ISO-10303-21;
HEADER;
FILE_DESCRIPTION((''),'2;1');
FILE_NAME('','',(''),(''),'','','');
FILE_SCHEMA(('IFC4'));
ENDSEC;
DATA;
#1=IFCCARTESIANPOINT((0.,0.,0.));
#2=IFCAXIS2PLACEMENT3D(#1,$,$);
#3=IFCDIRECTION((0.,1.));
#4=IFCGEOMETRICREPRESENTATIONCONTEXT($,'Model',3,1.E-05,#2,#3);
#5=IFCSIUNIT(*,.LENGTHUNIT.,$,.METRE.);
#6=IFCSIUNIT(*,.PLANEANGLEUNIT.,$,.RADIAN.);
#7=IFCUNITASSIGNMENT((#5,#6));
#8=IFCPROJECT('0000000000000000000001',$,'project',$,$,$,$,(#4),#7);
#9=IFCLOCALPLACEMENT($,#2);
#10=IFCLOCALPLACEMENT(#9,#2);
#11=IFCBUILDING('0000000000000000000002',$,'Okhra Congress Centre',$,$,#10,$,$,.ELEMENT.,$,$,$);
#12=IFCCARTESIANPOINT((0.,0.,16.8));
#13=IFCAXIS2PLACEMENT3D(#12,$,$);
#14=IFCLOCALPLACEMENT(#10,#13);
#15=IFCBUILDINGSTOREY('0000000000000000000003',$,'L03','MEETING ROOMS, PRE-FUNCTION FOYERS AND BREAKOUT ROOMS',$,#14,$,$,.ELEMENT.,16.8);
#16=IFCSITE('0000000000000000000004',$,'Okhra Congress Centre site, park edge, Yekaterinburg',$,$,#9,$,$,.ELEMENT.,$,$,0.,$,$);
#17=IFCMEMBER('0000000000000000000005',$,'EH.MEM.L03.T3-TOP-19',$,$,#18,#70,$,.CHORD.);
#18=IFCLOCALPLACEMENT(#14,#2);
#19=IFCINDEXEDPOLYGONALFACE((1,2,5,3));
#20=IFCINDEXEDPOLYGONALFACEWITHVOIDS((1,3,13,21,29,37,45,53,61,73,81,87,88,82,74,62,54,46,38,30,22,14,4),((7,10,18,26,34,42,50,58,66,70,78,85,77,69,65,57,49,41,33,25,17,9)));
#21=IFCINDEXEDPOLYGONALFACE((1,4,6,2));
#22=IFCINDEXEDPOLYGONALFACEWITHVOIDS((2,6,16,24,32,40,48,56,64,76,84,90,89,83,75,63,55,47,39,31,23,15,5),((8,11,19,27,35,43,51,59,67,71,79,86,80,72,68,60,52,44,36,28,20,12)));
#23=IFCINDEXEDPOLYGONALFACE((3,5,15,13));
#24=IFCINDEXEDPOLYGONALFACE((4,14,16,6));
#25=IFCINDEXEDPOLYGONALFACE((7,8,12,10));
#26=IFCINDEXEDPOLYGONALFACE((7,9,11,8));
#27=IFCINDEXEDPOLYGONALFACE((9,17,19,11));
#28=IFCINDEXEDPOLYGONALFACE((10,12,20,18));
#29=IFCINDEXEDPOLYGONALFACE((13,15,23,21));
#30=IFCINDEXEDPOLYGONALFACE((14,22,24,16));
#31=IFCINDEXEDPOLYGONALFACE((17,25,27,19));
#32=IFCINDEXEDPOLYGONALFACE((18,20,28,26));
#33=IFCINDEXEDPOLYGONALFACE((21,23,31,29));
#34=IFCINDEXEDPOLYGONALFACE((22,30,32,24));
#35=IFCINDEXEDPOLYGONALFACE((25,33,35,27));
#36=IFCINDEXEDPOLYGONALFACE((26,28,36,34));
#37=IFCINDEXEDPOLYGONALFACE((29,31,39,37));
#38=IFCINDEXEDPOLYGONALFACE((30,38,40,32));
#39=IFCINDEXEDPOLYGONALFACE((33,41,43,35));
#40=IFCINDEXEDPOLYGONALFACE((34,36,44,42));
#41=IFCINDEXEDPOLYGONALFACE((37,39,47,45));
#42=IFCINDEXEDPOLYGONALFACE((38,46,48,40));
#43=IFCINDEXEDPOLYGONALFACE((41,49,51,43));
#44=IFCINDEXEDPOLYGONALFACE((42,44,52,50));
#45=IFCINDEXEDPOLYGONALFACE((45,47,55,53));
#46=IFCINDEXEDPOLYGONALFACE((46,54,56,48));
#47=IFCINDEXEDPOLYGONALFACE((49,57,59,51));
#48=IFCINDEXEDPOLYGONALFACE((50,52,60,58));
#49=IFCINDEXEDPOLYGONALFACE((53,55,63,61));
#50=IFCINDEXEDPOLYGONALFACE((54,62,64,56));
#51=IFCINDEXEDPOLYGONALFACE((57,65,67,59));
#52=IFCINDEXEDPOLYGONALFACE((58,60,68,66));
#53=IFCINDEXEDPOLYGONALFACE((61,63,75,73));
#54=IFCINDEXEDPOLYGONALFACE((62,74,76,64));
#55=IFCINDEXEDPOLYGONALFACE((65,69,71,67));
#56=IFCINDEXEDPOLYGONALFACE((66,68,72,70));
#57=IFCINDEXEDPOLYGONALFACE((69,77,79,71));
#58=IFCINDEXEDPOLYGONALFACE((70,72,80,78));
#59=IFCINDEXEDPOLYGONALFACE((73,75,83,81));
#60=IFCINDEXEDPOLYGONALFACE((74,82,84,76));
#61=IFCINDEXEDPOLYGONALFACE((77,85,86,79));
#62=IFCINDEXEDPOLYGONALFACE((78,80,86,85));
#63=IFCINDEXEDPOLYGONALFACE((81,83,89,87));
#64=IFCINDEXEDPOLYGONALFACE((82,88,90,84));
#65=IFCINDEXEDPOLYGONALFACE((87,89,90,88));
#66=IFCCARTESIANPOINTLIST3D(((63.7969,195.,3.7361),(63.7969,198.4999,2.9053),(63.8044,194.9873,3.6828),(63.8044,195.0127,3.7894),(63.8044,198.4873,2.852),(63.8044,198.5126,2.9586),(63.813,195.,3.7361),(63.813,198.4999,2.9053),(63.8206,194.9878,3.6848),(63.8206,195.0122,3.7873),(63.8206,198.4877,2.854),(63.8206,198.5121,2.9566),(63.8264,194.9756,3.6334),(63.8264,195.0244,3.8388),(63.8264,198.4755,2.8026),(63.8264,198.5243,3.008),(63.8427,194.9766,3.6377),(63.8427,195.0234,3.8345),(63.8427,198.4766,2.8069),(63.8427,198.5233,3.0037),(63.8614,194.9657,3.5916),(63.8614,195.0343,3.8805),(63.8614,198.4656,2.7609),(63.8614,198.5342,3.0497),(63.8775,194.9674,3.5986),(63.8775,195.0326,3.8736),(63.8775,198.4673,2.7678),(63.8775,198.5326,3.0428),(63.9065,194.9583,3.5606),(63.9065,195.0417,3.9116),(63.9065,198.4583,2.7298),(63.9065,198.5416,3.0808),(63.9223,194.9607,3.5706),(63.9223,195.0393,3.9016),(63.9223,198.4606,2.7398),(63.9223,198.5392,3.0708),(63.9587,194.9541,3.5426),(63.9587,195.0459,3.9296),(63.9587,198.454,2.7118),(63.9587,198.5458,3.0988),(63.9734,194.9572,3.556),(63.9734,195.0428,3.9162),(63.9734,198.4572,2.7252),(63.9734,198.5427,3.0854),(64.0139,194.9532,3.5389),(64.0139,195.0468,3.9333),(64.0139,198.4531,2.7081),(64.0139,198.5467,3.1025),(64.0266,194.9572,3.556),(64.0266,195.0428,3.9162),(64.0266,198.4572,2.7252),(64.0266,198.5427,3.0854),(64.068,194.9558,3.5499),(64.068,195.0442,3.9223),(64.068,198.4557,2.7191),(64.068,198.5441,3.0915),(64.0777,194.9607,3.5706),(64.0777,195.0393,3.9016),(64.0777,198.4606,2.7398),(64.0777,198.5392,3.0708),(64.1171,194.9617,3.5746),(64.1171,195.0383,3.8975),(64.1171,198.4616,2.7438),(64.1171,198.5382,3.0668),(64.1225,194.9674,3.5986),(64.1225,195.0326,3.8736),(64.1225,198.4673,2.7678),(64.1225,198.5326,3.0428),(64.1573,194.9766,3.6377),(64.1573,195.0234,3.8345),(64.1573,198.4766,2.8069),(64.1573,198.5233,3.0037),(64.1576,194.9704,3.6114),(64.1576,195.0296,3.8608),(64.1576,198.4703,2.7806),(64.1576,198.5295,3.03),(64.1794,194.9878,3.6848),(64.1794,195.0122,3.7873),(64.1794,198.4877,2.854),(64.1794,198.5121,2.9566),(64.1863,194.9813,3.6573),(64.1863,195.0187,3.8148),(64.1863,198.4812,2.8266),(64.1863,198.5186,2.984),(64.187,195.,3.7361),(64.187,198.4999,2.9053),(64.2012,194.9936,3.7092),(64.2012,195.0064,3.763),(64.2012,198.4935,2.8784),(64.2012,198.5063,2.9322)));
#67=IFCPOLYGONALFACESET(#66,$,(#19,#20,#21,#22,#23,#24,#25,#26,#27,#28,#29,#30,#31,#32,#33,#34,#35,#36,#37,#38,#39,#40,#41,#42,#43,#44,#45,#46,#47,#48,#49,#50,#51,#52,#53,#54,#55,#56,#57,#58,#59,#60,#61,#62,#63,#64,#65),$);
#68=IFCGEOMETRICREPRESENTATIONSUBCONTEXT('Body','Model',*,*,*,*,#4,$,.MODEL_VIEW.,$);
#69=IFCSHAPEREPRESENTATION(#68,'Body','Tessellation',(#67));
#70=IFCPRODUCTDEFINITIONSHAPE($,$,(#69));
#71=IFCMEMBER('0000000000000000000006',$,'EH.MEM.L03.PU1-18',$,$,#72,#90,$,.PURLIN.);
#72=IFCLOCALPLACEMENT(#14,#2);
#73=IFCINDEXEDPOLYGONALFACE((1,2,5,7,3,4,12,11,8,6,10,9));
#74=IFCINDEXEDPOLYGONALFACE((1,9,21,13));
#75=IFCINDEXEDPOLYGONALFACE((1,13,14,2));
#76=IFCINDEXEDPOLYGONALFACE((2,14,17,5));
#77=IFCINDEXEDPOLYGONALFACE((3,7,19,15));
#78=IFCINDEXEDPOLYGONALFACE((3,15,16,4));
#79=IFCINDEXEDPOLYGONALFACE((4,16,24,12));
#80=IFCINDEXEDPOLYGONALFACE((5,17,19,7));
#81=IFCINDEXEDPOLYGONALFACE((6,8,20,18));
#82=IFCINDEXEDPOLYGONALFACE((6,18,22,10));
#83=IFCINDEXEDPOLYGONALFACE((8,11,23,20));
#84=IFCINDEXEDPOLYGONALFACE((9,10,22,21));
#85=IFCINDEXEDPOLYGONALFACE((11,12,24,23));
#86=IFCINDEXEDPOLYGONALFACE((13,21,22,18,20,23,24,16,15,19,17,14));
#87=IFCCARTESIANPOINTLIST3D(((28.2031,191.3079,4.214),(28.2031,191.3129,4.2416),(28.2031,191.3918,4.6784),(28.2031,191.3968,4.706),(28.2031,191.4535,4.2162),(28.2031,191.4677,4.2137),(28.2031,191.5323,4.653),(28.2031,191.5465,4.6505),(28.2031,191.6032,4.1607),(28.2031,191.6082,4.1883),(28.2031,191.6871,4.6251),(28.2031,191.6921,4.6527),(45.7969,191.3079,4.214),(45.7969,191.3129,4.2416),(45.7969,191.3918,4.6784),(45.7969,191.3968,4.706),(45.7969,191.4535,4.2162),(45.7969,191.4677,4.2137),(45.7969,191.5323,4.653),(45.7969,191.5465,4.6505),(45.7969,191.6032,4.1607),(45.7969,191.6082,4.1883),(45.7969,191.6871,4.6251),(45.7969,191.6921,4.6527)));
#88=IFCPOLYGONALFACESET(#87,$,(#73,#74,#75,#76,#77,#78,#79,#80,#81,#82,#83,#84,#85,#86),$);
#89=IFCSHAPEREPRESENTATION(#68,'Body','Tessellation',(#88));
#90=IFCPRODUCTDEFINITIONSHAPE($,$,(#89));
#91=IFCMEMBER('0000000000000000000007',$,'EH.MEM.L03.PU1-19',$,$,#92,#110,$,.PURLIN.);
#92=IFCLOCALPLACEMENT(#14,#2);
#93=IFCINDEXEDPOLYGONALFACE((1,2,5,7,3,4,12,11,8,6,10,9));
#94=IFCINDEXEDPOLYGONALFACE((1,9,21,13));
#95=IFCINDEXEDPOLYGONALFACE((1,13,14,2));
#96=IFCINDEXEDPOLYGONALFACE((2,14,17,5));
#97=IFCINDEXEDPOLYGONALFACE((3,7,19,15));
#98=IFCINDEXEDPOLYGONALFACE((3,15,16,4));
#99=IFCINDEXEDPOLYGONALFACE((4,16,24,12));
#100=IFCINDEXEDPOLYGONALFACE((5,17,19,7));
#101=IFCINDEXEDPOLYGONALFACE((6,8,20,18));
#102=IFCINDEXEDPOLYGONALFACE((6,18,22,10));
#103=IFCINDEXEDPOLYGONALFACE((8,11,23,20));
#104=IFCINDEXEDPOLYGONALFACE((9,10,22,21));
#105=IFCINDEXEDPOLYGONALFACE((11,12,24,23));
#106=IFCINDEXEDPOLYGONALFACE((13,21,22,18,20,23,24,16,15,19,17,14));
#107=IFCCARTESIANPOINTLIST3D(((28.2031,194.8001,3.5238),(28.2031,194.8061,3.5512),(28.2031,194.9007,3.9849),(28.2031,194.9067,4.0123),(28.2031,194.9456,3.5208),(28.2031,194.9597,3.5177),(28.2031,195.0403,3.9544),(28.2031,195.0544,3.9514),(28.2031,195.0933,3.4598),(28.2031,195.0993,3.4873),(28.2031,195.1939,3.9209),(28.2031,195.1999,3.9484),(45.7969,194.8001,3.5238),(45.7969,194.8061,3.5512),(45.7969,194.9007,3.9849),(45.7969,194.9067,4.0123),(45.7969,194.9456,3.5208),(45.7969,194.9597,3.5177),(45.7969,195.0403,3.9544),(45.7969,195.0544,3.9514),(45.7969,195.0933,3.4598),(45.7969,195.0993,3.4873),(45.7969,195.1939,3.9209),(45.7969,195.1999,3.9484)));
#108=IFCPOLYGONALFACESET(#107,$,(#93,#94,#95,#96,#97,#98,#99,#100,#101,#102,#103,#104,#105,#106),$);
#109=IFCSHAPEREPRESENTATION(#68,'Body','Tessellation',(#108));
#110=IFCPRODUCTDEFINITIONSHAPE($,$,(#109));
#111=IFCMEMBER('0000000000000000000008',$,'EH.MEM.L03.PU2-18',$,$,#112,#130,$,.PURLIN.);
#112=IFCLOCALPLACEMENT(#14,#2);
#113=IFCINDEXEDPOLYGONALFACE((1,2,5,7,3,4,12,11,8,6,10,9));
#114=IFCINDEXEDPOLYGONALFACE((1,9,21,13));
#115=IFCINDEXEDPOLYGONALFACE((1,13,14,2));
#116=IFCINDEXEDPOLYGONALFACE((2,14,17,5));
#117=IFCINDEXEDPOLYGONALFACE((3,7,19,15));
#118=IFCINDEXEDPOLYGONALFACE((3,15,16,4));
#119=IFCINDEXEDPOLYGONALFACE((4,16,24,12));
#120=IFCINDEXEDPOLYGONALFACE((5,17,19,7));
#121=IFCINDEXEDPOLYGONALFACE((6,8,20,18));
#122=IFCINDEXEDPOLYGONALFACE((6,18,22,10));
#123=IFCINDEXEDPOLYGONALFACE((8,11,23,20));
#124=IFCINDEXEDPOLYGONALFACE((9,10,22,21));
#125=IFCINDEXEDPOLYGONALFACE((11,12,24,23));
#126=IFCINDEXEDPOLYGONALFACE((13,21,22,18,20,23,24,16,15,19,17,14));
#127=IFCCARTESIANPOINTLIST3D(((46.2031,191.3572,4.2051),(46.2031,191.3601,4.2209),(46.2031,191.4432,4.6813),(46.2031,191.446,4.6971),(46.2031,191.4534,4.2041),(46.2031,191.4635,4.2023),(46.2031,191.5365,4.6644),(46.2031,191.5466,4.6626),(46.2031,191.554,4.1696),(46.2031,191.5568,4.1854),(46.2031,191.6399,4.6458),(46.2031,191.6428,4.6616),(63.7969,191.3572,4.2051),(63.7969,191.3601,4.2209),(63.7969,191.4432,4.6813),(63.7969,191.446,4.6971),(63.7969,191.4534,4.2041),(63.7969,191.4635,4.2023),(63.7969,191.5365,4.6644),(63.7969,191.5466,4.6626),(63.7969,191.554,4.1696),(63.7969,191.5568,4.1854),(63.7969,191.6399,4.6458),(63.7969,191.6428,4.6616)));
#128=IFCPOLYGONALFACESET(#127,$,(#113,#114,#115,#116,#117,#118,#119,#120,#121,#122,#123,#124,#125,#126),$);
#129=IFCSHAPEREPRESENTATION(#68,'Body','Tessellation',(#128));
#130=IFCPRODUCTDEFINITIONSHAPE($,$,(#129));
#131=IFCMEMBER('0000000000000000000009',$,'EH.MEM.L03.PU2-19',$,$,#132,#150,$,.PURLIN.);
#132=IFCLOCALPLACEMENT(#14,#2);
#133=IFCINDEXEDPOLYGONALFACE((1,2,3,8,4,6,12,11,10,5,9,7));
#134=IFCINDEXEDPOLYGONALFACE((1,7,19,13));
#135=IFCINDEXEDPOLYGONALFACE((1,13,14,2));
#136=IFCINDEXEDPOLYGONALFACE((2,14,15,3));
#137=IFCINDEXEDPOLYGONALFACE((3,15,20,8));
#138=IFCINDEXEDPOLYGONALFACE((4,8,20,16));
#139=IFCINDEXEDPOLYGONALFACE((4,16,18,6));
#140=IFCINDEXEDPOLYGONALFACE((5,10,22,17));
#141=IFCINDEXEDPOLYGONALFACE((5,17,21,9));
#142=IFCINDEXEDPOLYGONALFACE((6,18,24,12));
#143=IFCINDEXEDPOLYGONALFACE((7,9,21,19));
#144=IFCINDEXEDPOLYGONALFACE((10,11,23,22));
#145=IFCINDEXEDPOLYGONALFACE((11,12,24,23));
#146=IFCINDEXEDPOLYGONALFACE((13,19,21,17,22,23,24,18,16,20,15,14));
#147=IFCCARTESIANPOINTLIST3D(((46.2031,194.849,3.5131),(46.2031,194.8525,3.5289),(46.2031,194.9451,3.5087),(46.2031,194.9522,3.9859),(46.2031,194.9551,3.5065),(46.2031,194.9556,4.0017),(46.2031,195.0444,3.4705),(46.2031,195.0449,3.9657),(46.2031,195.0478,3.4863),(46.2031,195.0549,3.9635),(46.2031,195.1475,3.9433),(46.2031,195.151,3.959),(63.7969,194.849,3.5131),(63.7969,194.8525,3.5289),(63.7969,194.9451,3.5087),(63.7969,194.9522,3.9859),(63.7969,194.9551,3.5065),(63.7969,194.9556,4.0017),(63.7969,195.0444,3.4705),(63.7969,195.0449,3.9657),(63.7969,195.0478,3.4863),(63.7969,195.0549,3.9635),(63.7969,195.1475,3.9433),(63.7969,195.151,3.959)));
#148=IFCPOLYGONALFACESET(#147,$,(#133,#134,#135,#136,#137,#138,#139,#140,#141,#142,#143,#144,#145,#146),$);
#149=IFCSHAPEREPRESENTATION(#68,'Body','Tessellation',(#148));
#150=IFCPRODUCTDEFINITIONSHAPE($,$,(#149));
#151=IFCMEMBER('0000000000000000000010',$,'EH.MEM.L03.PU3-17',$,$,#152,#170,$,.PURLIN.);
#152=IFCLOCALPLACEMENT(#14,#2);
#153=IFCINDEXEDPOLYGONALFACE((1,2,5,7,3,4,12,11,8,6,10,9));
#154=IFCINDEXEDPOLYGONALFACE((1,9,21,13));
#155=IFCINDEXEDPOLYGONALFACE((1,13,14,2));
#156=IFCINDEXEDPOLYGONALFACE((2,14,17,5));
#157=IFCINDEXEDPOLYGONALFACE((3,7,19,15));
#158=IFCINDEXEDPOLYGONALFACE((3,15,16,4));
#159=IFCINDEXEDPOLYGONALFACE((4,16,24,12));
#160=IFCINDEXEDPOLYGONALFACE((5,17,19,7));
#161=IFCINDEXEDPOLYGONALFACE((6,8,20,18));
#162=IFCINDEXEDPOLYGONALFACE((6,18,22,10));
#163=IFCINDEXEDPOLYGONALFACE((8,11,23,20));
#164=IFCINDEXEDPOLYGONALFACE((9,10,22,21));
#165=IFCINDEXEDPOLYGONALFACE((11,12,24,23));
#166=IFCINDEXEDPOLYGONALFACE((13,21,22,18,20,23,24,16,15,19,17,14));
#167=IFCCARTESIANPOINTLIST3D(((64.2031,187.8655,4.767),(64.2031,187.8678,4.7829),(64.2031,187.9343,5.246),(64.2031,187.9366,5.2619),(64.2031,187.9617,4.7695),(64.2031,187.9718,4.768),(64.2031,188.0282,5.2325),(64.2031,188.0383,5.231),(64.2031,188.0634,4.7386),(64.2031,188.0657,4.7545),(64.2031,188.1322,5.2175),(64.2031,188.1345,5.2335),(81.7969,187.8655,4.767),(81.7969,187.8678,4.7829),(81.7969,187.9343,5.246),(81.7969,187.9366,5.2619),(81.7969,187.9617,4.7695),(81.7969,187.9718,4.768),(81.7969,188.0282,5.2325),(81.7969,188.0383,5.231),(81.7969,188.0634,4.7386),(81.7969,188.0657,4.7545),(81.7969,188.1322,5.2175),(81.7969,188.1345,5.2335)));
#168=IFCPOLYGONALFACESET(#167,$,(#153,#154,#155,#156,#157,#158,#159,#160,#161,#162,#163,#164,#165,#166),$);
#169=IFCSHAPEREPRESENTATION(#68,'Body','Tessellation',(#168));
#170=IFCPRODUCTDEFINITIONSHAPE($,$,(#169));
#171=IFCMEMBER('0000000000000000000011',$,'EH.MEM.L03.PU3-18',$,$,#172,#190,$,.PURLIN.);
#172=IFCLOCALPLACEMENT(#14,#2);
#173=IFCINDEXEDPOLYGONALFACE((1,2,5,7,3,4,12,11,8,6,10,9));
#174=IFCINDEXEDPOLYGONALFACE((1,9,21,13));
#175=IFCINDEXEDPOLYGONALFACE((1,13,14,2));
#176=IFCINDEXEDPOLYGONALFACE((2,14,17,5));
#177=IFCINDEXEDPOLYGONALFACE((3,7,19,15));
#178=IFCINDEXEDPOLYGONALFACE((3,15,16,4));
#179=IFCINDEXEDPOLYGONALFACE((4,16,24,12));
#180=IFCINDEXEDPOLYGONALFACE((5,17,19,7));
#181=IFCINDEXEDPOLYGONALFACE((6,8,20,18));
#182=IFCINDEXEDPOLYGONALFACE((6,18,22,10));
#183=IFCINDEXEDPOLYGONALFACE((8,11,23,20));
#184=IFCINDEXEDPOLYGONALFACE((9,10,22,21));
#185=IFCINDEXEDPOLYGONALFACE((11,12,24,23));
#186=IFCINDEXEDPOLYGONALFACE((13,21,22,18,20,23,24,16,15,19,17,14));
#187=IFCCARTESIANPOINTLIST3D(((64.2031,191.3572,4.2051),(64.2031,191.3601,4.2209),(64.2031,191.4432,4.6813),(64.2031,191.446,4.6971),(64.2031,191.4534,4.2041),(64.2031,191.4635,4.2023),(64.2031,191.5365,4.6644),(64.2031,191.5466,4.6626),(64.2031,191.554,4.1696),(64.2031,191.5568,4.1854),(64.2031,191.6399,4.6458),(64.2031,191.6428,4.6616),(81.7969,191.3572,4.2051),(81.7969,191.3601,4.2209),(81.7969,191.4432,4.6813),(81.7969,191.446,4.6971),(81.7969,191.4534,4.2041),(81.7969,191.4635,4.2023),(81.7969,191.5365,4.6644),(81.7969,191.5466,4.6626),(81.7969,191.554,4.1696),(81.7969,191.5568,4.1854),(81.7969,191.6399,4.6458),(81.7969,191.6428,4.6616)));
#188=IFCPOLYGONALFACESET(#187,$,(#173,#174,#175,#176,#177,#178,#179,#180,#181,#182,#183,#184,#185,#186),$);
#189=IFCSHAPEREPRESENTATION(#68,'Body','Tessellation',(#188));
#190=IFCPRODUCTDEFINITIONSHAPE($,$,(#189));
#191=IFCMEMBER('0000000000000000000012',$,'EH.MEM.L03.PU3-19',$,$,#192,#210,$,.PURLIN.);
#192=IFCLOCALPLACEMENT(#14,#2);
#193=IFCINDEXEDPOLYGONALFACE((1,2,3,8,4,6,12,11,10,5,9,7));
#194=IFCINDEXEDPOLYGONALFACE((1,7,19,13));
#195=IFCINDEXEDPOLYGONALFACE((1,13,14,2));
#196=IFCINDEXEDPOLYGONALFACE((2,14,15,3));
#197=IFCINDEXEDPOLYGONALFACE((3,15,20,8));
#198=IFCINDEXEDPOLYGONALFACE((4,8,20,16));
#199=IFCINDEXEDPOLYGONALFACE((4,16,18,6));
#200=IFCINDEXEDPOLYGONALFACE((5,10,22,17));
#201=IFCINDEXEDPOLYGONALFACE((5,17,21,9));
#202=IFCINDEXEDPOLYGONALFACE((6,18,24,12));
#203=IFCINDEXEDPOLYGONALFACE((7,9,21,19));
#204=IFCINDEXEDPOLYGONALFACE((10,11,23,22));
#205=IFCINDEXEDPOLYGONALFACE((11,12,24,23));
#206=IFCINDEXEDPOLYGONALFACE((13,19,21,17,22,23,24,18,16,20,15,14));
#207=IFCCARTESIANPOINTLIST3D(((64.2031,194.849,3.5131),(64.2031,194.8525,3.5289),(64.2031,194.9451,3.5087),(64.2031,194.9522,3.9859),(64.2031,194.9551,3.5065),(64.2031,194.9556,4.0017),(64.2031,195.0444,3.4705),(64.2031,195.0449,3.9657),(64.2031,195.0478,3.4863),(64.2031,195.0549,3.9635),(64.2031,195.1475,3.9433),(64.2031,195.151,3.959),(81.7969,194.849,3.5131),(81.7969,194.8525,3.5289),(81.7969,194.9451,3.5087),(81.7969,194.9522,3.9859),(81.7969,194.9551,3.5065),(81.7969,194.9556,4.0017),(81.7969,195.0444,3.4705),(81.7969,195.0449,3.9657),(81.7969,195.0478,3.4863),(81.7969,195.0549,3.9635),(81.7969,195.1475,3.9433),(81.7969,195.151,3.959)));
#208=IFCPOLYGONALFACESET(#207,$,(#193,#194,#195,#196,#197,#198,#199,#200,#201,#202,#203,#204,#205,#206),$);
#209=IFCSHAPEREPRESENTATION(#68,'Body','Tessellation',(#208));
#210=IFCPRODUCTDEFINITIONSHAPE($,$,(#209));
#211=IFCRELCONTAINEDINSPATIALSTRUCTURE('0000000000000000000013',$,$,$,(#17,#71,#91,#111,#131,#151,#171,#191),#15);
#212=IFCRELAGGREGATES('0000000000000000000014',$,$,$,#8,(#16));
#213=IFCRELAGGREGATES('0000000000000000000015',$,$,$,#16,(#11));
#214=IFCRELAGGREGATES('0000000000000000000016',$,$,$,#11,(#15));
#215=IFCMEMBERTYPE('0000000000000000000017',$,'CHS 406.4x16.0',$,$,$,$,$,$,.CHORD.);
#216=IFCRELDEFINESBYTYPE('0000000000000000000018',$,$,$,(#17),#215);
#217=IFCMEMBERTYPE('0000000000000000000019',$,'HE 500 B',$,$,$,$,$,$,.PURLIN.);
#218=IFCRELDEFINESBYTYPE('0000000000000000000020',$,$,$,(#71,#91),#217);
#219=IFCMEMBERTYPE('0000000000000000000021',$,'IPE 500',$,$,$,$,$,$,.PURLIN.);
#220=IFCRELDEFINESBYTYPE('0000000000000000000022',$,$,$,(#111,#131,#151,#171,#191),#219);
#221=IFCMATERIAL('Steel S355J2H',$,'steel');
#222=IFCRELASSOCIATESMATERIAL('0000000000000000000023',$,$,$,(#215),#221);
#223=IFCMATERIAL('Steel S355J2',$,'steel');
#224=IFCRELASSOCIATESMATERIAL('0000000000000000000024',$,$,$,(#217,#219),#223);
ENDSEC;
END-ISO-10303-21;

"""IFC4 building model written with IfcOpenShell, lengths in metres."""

from ifc_helpers import new_model, si_unit, direction, frame, origin, origin_2d, place, context, subcontext, project, spatial, hollow_circle, i_section, extrude, material, material_profile, profile_set, type_object, element, save


model = new_model("IFC4")

# Units and contexts
model_context = context("Model", 3, precision=1e-05, world=origin(), true_north=direction((0.0, 1.0)))
body_context = subcontext(model_context, "Body", "Model", "MODEL_VIEW")
ifc_project = project(units=[si_unit("LENGTHUNIT", "METRE"), si_unit("PLANEANGLEUNIT", "RADIAN")], contexts=[model_context])

# Site, building, storey
site_placement = place(None, origin())
site = spatial("IfcSite", under=ifc_project, at=site_placement, Name="Okhra Congress Centre site, park edge, Yekaterinburg", CompositionType="ELEMENT", RefElevation=0.0)
building_placement = place(site_placement, origin())
building = spatial("IfcBuilding", under=site, at=building_placement, Name="Okhra Congress Centre", CompositionType="ELEMENT")
storey_placement = place(building_placement, frame((0.0, 0.0, 16.8)))
storey = spatial("IfcBuildingStorey", under=building, at=storey_placement, Name="L03", Description="MEETING ROOMS, PRE-FUNCTION FOYERS AND BREAKOUT ROOMS", CompositionType="ELEMENT", Elevation=16.8)

# Members
ifc_material_1 = material(Name="Steel S355J2H", Category="steel")
ifc_material_profile_1 = material_profile(ifc_material_1, hollow_circle(Radius=0.2031, WallThickness=0.0161, at=origin_2d()), Name="CHS 406.4x16.0")
ifc_profile_set_1 = profile_set([ifc_material_profile_1], Name="Steel S355J2H")
member_type_1 = type_object("IfcMemberType", Name="CHS 406.4x16.0", PredefinedType="CHORD", material=ifc_profile_set_1)
member_1_placement = place(storey_placement, frame((64.0, 195.0, 3.7361), z_axis=(0.0, 0.972964, -0.230957), x_axis=(-1.0, 0.0, 0.0)))
element("IfcMember", 1, at=member_1_placement, inside=storey, type_object=member_type_1, Name="EH.MEM.L03.T3-TOP-19", PredefinedType="CHORD", context=body_context, shape_type="SweptSolid", body=[
    extrude(hollow_circle(Radius=0.2031, WallThickness=0.0161, at=origin_2d()), origin(), (0.0, 0.0, 1.0), 3.5972),
])
ifc_material_2 = material(Name="Steel S355J2", Category="steel")
ifc_material_profile_2 = material_profile(ifc_material_2, i_section(OverallWidth=0.3, OverallDepth=0.5, WebThickness=0.0144, FlangeThickness=0.0281, at=origin_2d()), Name="HE 500 B")
ifc_profile_set_2 = profile_set([ifc_material_profile_2], Name="Steel S355J2")
member_type_2 = type_object("IfcMemberType", Name="HE 500 B", PredefinedType="PURLIN", material=ifc_profile_set_2)
for number, where, z_axis, x_axis, name in (
    (2, (28.2031, 191.5, 4.4333), (1.0, 0.0, 0.0), (0.0, 0.98409, -0.177669), "EH.MEM.L03.PU1-18"),
    (3, (28.2031, 195.0, 3.7361), (1.0, 0.0, 0.0), (0.0, 0.977008, -0.213204), "EH.MEM.L03.PU1-19"),
):
    element("IfcMember", number, at=place(storey_placement, frame(where, z_axis=z_axis, x_axis=x_axis)), inside=storey, type_object=member_type_2, Name=name, PredefinedType="PURLIN", context=body_context, shape_type="SweptSolid", body=[
        extrude(i_section(OverallWidth=0.3, OverallDepth=0.5, WebThickness=0.0144, FlangeThickness=0.0281, at=origin_2d()), origin(), (0.0, 0.0, 1.0), 17.5938),
    ])
ifc_material_profile_3 = material_profile(ifc_material_2, i_section(OverallWidth=0.2, OverallDepth=0.5, WebThickness=0.0103, FlangeThickness=0.0161, at=origin_2d()), Name="IPE 500")
ifc_profile_set_3 = profile_set([ifc_material_profile_3], Name="Steel S355J2")
member_type_3 = type_object("IfcMemberType", Name="IPE 500", PredefinedType="PURLIN", material=ifc_profile_set_3)
for number, where, z_axis, x_axis, name in (
    (4, (46.2031, 191.5, 4.4333), (1.0, 0.0, 0.0), (0.0, 0.98409, -0.177669), "EH.MEM.L03.PU2-18"),
    (5, (46.2031, 195.0, 3.7361), (1.0, 0.0, 0.0), (0.0, 0.977008, -0.213204), "EH.MEM.L03.PU2-19"),
    (6, (64.2031, 188.0, 5.0002), (1.0, 0.0, 0.0), (0.0, 0.989847, -0.142135), "EH.MEM.L03.PU3-17"),
    (7, (64.2031, 191.5, 4.4333), (1.0, 0.0, 0.0), (0.0, 0.98409, -0.177669), "EH.MEM.L03.PU3-18"),
    (8, (64.2031, 195.0, 3.7361), (1.0, 0.0, 0.0), (0.0, 0.977008, -0.213204), "EH.MEM.L03.PU3-19"),
):
    element("IfcMember", number, at=place(storey_placement, frame(where, z_axis=z_axis, x_axis=x_axis)), inside=storey, type_object=member_type_3, Name=name, PredefinedType="PURLIN", context=body_context, shape_type="SweptSolid", body=[
        extrude(i_section(OverallWidth=0.2, OverallDepth=0.5, WebThickness=0.0103, FlangeThickness=0.0161, at=origin_2d()), origin(), (0.0, 0.0, 1.0), 17.5938),
    ])

save(model, "model.ifc")
